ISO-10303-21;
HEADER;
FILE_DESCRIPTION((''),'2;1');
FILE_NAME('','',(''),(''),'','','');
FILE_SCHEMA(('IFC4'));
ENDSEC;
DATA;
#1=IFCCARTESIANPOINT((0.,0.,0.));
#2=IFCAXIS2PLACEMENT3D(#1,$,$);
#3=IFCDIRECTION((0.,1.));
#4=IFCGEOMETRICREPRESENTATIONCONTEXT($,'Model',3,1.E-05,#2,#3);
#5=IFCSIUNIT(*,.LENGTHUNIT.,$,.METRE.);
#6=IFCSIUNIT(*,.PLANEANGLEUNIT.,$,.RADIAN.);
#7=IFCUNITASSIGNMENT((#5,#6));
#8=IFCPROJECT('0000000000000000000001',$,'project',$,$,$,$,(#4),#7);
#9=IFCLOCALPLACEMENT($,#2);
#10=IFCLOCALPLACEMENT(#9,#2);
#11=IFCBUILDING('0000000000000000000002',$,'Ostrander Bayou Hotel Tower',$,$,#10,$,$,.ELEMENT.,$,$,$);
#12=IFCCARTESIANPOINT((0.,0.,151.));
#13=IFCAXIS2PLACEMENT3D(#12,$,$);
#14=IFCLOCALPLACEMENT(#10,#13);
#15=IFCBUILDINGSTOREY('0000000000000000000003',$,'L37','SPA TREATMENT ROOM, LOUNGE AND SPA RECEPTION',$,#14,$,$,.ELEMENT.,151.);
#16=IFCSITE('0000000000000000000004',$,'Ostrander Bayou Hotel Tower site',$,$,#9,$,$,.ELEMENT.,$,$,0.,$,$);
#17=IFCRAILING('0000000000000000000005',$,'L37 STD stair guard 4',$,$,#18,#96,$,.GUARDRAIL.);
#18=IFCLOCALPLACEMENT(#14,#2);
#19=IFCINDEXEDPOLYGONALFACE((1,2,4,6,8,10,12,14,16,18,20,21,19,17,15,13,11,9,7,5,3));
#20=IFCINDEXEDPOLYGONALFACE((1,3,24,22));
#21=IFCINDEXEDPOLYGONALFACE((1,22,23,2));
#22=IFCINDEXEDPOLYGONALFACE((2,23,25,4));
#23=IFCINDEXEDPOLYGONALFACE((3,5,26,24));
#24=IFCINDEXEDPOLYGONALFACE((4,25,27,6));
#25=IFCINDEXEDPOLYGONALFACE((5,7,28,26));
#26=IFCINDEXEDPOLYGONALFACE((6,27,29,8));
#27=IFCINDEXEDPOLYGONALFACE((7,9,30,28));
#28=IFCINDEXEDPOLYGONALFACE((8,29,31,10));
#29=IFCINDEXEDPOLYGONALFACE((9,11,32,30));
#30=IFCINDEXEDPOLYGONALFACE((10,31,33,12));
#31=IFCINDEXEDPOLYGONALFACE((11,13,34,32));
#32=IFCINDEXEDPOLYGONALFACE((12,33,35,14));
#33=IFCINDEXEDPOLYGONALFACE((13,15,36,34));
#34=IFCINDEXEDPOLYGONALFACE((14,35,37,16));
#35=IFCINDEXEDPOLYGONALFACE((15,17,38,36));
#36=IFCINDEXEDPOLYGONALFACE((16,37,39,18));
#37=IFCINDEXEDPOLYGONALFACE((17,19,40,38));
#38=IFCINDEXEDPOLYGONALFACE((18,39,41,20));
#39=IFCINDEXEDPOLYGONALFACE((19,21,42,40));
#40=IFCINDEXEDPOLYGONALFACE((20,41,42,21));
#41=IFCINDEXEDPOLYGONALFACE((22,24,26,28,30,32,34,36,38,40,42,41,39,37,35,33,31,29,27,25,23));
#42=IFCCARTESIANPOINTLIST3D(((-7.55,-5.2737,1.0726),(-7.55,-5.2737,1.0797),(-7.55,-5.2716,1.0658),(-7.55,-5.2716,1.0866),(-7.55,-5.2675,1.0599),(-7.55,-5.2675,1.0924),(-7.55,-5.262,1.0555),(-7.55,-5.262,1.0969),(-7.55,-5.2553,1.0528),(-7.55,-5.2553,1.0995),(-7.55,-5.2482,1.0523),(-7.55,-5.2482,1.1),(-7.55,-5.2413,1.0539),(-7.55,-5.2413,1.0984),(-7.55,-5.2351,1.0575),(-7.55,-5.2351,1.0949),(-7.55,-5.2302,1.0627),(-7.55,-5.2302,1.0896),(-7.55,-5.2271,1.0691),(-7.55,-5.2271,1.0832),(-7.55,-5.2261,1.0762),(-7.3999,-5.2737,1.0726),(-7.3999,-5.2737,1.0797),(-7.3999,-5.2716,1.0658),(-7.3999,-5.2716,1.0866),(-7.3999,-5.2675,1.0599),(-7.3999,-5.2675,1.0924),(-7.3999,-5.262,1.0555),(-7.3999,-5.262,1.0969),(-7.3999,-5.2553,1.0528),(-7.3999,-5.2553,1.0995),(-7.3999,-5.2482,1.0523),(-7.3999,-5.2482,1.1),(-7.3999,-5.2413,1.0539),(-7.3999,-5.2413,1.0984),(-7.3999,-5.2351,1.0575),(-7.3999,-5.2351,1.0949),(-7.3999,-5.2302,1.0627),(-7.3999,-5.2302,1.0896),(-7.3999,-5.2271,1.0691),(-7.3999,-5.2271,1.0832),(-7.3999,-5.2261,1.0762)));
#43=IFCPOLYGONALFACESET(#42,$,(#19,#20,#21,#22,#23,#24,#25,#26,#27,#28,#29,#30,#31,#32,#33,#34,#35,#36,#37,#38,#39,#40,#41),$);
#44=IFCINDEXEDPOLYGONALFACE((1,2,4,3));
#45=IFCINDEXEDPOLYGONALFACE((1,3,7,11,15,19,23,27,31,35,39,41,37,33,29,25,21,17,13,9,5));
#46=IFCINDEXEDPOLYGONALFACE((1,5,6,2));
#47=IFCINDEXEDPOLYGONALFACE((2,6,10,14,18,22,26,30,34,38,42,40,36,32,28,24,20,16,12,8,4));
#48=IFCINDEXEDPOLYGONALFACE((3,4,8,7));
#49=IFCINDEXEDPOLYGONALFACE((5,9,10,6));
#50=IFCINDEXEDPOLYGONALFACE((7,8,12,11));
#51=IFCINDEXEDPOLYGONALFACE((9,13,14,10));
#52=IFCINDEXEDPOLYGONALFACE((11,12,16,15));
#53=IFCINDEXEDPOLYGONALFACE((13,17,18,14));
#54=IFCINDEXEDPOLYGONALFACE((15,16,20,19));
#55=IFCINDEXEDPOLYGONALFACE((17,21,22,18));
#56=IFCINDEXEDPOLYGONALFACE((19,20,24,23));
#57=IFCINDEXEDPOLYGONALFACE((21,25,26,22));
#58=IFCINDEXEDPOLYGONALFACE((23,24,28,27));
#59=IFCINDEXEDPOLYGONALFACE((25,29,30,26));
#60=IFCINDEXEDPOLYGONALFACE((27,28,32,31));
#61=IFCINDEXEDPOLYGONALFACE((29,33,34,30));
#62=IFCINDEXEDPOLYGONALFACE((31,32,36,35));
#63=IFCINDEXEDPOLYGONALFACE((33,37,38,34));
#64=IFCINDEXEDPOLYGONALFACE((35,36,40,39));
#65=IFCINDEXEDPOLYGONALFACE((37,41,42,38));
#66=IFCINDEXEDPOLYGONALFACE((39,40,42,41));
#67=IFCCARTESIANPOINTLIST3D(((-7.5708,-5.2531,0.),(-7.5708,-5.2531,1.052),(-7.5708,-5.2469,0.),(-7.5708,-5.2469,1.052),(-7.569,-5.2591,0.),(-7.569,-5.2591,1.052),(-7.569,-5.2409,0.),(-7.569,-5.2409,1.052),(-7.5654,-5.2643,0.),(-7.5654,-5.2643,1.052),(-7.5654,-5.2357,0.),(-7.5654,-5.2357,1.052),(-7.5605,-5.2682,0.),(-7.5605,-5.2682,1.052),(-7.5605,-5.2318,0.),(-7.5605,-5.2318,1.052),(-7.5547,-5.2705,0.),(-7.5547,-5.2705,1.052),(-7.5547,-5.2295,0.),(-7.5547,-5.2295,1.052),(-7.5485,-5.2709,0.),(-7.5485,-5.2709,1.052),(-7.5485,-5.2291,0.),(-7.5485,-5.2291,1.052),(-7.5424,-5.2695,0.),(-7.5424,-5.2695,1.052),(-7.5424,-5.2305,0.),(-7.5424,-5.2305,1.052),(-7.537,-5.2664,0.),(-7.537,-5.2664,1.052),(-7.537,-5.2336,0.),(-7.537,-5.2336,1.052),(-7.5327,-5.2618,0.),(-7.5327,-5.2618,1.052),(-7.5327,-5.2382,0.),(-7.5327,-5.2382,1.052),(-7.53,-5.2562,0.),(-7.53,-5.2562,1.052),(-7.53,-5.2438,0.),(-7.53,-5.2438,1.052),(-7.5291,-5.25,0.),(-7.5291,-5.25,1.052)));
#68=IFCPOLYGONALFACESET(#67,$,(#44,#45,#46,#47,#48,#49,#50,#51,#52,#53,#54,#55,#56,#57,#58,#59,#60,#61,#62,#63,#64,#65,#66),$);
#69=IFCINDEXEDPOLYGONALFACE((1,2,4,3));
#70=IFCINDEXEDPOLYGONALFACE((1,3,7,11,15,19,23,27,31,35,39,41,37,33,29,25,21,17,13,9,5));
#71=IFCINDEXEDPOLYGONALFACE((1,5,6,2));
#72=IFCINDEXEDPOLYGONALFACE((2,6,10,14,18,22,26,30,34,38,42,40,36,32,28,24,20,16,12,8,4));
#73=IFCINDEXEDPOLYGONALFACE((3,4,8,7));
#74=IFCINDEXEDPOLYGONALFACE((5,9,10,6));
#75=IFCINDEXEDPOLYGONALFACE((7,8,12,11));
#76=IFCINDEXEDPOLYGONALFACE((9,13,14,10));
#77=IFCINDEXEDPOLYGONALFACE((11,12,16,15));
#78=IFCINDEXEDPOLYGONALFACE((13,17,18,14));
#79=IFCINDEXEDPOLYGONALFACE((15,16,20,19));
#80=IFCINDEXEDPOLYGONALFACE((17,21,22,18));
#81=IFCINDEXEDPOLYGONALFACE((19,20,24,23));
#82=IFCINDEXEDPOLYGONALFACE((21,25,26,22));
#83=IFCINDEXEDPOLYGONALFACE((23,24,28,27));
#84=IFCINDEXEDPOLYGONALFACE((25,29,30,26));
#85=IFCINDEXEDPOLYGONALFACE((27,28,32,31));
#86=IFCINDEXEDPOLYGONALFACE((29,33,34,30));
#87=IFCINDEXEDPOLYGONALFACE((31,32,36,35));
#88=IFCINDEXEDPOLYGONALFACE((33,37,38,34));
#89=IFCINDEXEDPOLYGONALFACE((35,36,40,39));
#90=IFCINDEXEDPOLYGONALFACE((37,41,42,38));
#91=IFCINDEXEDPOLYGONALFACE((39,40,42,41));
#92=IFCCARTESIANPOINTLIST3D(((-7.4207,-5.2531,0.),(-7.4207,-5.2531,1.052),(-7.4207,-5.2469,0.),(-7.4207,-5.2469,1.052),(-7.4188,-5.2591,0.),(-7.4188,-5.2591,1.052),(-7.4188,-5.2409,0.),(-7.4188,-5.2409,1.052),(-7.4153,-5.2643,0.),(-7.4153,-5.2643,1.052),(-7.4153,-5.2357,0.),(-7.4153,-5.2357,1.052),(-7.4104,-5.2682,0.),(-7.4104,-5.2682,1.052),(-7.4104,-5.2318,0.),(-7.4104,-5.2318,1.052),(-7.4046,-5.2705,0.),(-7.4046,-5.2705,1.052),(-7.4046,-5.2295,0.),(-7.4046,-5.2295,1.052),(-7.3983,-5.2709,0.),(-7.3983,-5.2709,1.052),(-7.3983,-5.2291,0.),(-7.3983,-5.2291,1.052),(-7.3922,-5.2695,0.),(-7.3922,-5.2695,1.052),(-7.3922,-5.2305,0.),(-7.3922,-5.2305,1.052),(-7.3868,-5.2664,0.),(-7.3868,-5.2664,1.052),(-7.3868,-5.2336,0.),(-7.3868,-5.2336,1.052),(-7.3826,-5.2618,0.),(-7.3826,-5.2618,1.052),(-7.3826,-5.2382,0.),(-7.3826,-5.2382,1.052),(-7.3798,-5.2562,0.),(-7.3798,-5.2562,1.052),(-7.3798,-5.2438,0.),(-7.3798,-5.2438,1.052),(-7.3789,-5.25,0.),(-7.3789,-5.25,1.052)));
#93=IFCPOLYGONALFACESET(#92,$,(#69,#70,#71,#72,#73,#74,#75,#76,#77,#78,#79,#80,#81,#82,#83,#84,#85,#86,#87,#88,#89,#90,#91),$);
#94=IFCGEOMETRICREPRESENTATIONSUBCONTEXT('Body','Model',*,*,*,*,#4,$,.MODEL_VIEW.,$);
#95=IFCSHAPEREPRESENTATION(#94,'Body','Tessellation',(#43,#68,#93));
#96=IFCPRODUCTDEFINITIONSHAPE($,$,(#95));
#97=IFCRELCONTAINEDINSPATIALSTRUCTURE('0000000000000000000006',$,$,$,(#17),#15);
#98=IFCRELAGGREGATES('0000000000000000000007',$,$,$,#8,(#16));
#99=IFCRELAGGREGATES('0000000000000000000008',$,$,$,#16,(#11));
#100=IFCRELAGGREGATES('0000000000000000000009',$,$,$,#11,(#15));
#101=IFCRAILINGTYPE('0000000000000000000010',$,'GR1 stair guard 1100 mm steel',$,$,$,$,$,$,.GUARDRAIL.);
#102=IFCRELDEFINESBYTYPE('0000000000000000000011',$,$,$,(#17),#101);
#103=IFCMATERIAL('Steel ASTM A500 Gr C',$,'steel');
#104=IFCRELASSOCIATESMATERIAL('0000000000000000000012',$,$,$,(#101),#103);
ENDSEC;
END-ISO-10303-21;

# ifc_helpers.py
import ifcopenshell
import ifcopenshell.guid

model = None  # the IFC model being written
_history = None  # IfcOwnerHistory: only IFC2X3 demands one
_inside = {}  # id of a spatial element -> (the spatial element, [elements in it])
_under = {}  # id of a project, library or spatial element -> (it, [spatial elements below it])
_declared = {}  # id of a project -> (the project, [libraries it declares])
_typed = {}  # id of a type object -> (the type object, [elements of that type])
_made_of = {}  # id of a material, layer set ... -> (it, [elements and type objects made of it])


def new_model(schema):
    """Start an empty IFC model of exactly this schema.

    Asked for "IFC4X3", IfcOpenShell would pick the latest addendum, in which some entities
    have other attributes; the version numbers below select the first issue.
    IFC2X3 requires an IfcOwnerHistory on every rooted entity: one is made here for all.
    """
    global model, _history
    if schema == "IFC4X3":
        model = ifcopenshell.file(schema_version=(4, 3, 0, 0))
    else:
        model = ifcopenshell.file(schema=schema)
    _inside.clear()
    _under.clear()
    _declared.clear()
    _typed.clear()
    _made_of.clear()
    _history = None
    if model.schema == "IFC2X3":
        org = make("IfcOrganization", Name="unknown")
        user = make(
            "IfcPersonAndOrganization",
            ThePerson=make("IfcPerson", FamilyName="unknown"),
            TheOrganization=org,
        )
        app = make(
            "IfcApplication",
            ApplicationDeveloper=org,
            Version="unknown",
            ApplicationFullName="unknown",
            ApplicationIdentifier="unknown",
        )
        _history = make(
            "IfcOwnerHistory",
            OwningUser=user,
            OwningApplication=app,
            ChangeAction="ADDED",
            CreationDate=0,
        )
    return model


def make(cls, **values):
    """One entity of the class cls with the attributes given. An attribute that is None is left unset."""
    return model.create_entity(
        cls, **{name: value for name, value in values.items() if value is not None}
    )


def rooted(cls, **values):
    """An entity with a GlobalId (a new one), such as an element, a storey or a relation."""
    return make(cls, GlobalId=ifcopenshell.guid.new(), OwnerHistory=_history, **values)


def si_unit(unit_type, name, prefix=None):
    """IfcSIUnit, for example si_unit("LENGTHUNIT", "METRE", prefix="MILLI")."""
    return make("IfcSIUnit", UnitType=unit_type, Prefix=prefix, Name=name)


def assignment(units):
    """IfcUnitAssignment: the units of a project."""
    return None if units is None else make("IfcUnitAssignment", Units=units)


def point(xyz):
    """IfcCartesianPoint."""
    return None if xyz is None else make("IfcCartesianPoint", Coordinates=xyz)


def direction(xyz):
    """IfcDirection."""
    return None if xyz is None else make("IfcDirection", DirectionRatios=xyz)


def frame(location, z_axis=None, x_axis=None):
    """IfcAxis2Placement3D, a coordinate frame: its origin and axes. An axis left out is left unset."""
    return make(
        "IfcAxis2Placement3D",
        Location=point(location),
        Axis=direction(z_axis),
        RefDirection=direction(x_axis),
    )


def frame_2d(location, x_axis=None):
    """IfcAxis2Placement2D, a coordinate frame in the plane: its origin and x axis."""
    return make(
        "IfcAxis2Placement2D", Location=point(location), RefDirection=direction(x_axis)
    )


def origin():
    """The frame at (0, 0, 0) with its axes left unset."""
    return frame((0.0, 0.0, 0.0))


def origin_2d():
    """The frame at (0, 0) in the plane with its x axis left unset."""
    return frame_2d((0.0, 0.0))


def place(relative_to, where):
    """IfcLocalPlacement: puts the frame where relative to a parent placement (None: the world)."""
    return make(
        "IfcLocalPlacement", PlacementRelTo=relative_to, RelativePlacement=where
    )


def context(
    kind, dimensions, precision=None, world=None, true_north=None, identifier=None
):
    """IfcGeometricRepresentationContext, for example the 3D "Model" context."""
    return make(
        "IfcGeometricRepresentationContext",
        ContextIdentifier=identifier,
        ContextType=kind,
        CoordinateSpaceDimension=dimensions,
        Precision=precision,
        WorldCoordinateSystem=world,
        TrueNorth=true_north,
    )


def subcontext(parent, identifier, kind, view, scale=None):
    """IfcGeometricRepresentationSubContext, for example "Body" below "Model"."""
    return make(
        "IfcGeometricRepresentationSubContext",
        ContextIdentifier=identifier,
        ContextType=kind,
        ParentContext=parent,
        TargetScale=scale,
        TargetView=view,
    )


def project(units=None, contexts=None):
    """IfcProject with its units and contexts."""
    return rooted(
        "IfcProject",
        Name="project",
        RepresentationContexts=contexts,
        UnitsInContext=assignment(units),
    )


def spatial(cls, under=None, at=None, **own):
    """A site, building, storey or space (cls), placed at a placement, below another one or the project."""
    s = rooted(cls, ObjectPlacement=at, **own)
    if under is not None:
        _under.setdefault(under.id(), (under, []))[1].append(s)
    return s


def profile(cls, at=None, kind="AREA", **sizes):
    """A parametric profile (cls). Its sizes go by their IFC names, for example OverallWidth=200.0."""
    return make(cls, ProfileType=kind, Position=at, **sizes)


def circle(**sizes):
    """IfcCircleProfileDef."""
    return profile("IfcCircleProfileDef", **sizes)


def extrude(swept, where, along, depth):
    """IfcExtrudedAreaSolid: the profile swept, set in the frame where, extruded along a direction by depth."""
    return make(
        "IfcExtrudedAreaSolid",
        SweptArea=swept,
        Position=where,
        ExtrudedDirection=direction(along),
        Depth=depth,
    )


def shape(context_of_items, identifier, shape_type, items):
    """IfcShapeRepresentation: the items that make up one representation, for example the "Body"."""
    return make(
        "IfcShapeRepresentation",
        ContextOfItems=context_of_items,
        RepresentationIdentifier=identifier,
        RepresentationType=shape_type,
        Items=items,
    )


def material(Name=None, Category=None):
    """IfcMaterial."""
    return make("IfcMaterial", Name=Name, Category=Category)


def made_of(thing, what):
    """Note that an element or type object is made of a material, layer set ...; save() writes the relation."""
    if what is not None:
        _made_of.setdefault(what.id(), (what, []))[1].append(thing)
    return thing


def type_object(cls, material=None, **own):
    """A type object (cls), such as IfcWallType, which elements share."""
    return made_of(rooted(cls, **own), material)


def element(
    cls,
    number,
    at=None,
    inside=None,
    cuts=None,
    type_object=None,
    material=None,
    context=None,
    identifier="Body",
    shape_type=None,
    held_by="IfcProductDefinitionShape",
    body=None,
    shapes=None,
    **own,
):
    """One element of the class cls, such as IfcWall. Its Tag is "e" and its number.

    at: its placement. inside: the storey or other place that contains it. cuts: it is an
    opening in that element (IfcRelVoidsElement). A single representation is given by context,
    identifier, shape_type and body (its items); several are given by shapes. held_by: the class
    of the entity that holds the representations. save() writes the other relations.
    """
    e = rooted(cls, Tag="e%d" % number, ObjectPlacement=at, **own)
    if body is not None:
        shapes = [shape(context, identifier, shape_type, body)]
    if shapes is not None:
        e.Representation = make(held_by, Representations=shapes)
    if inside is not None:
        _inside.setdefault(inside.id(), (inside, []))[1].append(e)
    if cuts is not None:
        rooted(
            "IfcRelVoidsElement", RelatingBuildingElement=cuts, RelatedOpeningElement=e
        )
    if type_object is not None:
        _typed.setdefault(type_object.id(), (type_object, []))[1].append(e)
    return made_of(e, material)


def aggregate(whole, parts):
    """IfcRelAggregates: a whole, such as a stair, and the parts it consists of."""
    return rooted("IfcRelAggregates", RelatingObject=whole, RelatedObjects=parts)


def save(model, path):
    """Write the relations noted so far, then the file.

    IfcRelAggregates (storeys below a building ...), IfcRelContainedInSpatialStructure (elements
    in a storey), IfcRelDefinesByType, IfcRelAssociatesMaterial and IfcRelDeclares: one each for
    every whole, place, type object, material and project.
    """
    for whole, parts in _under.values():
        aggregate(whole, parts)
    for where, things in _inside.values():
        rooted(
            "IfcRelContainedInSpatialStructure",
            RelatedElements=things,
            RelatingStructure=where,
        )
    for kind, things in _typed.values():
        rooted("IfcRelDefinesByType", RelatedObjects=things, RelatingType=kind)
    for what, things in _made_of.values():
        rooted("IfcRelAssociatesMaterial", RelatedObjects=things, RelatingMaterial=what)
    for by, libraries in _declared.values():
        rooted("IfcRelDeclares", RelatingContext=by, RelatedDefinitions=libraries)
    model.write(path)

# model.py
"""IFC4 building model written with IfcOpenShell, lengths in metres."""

from ifc_helpers import new_model, si_unit, direction, frame, origin, origin_2d, place, context, subcontext, project, spatial, circle, extrude, material, type_object, element, save


model = new_model("IFC4")

# Units and contexts
model_context = context("Model", 3, precision=1e-05, world=origin(), true_north=direction((0.0, 1.0)))
body_context = subcontext(model_context, "Body", "Model", "MODEL_VIEW")
ifc_project = project(units=[si_unit("LENGTHUNIT", "METRE"), si_unit("PLANEANGLEUNIT", "RADIAN")], contexts=[model_context])

# Site, building, storey
site_placement = place(None, origin())
site = spatial("IfcSite", under=ifc_project, at=site_placement, Name="Ostrander Bayou Hotel Tower site", CompositionType="ELEMENT", RefElevation=0.0)
building_placement = place(site_placement, origin())
building = spatial("IfcBuilding", under=site, at=building_placement, Name="Ostrander Bayou Hotel Tower", CompositionType="ELEMENT")
storey_placement = place(building_placement, frame((0.0, 0.0, 151.0)))
storey = spatial("IfcBuildingStorey", under=building, at=storey_placement, Name="L37", Description="SPA TREATMENT ROOM, LOUNGE AND SPA RECEPTION", CompositionType="ELEMENT", Elevation=151.0)

# Railing
ifc_material_1 = material(Name="Steel ASTM A500 Gr C", Category="steel")
railing_type_1 = type_object("IfcRailingType", Name="GR1 stair guard 1100 mm steel", PredefinedType="GUARDRAIL", material=ifc_material_1)
railing_1_placement = place(storey_placement, frame((-7.55, -5.25, 0.0)))
element("IfcRailing", 1, at=railing_1_placement, inside=storey, type_object=railing_type_1, Name="L37 STD stair guard 4", PredefinedType="GUARDRAIL", context=body_context, shape_type="SweptSolid", body=[
    extrude(circle(Radius=0.0239, at=origin_2d()), frame((0.0, 0.0, 1.0762), z_axis=(1.0, 0.0, 0.0), x_axis=(0.0, 1.0, 0.0)), (0.0, 0.0, 1.0), 0.1501),
    extrude(circle(Radius=0.021, at=origin_2d()), origin(), (0.0, 0.0, 1.0), 1.052),
    extrude(circle(Radius=0.021, at=origin_2d()), frame((0.1501, 0.0, 0.0)), (0.0, 0.0, 1.0), 1.052),
])

save(model, "model.ifc")
